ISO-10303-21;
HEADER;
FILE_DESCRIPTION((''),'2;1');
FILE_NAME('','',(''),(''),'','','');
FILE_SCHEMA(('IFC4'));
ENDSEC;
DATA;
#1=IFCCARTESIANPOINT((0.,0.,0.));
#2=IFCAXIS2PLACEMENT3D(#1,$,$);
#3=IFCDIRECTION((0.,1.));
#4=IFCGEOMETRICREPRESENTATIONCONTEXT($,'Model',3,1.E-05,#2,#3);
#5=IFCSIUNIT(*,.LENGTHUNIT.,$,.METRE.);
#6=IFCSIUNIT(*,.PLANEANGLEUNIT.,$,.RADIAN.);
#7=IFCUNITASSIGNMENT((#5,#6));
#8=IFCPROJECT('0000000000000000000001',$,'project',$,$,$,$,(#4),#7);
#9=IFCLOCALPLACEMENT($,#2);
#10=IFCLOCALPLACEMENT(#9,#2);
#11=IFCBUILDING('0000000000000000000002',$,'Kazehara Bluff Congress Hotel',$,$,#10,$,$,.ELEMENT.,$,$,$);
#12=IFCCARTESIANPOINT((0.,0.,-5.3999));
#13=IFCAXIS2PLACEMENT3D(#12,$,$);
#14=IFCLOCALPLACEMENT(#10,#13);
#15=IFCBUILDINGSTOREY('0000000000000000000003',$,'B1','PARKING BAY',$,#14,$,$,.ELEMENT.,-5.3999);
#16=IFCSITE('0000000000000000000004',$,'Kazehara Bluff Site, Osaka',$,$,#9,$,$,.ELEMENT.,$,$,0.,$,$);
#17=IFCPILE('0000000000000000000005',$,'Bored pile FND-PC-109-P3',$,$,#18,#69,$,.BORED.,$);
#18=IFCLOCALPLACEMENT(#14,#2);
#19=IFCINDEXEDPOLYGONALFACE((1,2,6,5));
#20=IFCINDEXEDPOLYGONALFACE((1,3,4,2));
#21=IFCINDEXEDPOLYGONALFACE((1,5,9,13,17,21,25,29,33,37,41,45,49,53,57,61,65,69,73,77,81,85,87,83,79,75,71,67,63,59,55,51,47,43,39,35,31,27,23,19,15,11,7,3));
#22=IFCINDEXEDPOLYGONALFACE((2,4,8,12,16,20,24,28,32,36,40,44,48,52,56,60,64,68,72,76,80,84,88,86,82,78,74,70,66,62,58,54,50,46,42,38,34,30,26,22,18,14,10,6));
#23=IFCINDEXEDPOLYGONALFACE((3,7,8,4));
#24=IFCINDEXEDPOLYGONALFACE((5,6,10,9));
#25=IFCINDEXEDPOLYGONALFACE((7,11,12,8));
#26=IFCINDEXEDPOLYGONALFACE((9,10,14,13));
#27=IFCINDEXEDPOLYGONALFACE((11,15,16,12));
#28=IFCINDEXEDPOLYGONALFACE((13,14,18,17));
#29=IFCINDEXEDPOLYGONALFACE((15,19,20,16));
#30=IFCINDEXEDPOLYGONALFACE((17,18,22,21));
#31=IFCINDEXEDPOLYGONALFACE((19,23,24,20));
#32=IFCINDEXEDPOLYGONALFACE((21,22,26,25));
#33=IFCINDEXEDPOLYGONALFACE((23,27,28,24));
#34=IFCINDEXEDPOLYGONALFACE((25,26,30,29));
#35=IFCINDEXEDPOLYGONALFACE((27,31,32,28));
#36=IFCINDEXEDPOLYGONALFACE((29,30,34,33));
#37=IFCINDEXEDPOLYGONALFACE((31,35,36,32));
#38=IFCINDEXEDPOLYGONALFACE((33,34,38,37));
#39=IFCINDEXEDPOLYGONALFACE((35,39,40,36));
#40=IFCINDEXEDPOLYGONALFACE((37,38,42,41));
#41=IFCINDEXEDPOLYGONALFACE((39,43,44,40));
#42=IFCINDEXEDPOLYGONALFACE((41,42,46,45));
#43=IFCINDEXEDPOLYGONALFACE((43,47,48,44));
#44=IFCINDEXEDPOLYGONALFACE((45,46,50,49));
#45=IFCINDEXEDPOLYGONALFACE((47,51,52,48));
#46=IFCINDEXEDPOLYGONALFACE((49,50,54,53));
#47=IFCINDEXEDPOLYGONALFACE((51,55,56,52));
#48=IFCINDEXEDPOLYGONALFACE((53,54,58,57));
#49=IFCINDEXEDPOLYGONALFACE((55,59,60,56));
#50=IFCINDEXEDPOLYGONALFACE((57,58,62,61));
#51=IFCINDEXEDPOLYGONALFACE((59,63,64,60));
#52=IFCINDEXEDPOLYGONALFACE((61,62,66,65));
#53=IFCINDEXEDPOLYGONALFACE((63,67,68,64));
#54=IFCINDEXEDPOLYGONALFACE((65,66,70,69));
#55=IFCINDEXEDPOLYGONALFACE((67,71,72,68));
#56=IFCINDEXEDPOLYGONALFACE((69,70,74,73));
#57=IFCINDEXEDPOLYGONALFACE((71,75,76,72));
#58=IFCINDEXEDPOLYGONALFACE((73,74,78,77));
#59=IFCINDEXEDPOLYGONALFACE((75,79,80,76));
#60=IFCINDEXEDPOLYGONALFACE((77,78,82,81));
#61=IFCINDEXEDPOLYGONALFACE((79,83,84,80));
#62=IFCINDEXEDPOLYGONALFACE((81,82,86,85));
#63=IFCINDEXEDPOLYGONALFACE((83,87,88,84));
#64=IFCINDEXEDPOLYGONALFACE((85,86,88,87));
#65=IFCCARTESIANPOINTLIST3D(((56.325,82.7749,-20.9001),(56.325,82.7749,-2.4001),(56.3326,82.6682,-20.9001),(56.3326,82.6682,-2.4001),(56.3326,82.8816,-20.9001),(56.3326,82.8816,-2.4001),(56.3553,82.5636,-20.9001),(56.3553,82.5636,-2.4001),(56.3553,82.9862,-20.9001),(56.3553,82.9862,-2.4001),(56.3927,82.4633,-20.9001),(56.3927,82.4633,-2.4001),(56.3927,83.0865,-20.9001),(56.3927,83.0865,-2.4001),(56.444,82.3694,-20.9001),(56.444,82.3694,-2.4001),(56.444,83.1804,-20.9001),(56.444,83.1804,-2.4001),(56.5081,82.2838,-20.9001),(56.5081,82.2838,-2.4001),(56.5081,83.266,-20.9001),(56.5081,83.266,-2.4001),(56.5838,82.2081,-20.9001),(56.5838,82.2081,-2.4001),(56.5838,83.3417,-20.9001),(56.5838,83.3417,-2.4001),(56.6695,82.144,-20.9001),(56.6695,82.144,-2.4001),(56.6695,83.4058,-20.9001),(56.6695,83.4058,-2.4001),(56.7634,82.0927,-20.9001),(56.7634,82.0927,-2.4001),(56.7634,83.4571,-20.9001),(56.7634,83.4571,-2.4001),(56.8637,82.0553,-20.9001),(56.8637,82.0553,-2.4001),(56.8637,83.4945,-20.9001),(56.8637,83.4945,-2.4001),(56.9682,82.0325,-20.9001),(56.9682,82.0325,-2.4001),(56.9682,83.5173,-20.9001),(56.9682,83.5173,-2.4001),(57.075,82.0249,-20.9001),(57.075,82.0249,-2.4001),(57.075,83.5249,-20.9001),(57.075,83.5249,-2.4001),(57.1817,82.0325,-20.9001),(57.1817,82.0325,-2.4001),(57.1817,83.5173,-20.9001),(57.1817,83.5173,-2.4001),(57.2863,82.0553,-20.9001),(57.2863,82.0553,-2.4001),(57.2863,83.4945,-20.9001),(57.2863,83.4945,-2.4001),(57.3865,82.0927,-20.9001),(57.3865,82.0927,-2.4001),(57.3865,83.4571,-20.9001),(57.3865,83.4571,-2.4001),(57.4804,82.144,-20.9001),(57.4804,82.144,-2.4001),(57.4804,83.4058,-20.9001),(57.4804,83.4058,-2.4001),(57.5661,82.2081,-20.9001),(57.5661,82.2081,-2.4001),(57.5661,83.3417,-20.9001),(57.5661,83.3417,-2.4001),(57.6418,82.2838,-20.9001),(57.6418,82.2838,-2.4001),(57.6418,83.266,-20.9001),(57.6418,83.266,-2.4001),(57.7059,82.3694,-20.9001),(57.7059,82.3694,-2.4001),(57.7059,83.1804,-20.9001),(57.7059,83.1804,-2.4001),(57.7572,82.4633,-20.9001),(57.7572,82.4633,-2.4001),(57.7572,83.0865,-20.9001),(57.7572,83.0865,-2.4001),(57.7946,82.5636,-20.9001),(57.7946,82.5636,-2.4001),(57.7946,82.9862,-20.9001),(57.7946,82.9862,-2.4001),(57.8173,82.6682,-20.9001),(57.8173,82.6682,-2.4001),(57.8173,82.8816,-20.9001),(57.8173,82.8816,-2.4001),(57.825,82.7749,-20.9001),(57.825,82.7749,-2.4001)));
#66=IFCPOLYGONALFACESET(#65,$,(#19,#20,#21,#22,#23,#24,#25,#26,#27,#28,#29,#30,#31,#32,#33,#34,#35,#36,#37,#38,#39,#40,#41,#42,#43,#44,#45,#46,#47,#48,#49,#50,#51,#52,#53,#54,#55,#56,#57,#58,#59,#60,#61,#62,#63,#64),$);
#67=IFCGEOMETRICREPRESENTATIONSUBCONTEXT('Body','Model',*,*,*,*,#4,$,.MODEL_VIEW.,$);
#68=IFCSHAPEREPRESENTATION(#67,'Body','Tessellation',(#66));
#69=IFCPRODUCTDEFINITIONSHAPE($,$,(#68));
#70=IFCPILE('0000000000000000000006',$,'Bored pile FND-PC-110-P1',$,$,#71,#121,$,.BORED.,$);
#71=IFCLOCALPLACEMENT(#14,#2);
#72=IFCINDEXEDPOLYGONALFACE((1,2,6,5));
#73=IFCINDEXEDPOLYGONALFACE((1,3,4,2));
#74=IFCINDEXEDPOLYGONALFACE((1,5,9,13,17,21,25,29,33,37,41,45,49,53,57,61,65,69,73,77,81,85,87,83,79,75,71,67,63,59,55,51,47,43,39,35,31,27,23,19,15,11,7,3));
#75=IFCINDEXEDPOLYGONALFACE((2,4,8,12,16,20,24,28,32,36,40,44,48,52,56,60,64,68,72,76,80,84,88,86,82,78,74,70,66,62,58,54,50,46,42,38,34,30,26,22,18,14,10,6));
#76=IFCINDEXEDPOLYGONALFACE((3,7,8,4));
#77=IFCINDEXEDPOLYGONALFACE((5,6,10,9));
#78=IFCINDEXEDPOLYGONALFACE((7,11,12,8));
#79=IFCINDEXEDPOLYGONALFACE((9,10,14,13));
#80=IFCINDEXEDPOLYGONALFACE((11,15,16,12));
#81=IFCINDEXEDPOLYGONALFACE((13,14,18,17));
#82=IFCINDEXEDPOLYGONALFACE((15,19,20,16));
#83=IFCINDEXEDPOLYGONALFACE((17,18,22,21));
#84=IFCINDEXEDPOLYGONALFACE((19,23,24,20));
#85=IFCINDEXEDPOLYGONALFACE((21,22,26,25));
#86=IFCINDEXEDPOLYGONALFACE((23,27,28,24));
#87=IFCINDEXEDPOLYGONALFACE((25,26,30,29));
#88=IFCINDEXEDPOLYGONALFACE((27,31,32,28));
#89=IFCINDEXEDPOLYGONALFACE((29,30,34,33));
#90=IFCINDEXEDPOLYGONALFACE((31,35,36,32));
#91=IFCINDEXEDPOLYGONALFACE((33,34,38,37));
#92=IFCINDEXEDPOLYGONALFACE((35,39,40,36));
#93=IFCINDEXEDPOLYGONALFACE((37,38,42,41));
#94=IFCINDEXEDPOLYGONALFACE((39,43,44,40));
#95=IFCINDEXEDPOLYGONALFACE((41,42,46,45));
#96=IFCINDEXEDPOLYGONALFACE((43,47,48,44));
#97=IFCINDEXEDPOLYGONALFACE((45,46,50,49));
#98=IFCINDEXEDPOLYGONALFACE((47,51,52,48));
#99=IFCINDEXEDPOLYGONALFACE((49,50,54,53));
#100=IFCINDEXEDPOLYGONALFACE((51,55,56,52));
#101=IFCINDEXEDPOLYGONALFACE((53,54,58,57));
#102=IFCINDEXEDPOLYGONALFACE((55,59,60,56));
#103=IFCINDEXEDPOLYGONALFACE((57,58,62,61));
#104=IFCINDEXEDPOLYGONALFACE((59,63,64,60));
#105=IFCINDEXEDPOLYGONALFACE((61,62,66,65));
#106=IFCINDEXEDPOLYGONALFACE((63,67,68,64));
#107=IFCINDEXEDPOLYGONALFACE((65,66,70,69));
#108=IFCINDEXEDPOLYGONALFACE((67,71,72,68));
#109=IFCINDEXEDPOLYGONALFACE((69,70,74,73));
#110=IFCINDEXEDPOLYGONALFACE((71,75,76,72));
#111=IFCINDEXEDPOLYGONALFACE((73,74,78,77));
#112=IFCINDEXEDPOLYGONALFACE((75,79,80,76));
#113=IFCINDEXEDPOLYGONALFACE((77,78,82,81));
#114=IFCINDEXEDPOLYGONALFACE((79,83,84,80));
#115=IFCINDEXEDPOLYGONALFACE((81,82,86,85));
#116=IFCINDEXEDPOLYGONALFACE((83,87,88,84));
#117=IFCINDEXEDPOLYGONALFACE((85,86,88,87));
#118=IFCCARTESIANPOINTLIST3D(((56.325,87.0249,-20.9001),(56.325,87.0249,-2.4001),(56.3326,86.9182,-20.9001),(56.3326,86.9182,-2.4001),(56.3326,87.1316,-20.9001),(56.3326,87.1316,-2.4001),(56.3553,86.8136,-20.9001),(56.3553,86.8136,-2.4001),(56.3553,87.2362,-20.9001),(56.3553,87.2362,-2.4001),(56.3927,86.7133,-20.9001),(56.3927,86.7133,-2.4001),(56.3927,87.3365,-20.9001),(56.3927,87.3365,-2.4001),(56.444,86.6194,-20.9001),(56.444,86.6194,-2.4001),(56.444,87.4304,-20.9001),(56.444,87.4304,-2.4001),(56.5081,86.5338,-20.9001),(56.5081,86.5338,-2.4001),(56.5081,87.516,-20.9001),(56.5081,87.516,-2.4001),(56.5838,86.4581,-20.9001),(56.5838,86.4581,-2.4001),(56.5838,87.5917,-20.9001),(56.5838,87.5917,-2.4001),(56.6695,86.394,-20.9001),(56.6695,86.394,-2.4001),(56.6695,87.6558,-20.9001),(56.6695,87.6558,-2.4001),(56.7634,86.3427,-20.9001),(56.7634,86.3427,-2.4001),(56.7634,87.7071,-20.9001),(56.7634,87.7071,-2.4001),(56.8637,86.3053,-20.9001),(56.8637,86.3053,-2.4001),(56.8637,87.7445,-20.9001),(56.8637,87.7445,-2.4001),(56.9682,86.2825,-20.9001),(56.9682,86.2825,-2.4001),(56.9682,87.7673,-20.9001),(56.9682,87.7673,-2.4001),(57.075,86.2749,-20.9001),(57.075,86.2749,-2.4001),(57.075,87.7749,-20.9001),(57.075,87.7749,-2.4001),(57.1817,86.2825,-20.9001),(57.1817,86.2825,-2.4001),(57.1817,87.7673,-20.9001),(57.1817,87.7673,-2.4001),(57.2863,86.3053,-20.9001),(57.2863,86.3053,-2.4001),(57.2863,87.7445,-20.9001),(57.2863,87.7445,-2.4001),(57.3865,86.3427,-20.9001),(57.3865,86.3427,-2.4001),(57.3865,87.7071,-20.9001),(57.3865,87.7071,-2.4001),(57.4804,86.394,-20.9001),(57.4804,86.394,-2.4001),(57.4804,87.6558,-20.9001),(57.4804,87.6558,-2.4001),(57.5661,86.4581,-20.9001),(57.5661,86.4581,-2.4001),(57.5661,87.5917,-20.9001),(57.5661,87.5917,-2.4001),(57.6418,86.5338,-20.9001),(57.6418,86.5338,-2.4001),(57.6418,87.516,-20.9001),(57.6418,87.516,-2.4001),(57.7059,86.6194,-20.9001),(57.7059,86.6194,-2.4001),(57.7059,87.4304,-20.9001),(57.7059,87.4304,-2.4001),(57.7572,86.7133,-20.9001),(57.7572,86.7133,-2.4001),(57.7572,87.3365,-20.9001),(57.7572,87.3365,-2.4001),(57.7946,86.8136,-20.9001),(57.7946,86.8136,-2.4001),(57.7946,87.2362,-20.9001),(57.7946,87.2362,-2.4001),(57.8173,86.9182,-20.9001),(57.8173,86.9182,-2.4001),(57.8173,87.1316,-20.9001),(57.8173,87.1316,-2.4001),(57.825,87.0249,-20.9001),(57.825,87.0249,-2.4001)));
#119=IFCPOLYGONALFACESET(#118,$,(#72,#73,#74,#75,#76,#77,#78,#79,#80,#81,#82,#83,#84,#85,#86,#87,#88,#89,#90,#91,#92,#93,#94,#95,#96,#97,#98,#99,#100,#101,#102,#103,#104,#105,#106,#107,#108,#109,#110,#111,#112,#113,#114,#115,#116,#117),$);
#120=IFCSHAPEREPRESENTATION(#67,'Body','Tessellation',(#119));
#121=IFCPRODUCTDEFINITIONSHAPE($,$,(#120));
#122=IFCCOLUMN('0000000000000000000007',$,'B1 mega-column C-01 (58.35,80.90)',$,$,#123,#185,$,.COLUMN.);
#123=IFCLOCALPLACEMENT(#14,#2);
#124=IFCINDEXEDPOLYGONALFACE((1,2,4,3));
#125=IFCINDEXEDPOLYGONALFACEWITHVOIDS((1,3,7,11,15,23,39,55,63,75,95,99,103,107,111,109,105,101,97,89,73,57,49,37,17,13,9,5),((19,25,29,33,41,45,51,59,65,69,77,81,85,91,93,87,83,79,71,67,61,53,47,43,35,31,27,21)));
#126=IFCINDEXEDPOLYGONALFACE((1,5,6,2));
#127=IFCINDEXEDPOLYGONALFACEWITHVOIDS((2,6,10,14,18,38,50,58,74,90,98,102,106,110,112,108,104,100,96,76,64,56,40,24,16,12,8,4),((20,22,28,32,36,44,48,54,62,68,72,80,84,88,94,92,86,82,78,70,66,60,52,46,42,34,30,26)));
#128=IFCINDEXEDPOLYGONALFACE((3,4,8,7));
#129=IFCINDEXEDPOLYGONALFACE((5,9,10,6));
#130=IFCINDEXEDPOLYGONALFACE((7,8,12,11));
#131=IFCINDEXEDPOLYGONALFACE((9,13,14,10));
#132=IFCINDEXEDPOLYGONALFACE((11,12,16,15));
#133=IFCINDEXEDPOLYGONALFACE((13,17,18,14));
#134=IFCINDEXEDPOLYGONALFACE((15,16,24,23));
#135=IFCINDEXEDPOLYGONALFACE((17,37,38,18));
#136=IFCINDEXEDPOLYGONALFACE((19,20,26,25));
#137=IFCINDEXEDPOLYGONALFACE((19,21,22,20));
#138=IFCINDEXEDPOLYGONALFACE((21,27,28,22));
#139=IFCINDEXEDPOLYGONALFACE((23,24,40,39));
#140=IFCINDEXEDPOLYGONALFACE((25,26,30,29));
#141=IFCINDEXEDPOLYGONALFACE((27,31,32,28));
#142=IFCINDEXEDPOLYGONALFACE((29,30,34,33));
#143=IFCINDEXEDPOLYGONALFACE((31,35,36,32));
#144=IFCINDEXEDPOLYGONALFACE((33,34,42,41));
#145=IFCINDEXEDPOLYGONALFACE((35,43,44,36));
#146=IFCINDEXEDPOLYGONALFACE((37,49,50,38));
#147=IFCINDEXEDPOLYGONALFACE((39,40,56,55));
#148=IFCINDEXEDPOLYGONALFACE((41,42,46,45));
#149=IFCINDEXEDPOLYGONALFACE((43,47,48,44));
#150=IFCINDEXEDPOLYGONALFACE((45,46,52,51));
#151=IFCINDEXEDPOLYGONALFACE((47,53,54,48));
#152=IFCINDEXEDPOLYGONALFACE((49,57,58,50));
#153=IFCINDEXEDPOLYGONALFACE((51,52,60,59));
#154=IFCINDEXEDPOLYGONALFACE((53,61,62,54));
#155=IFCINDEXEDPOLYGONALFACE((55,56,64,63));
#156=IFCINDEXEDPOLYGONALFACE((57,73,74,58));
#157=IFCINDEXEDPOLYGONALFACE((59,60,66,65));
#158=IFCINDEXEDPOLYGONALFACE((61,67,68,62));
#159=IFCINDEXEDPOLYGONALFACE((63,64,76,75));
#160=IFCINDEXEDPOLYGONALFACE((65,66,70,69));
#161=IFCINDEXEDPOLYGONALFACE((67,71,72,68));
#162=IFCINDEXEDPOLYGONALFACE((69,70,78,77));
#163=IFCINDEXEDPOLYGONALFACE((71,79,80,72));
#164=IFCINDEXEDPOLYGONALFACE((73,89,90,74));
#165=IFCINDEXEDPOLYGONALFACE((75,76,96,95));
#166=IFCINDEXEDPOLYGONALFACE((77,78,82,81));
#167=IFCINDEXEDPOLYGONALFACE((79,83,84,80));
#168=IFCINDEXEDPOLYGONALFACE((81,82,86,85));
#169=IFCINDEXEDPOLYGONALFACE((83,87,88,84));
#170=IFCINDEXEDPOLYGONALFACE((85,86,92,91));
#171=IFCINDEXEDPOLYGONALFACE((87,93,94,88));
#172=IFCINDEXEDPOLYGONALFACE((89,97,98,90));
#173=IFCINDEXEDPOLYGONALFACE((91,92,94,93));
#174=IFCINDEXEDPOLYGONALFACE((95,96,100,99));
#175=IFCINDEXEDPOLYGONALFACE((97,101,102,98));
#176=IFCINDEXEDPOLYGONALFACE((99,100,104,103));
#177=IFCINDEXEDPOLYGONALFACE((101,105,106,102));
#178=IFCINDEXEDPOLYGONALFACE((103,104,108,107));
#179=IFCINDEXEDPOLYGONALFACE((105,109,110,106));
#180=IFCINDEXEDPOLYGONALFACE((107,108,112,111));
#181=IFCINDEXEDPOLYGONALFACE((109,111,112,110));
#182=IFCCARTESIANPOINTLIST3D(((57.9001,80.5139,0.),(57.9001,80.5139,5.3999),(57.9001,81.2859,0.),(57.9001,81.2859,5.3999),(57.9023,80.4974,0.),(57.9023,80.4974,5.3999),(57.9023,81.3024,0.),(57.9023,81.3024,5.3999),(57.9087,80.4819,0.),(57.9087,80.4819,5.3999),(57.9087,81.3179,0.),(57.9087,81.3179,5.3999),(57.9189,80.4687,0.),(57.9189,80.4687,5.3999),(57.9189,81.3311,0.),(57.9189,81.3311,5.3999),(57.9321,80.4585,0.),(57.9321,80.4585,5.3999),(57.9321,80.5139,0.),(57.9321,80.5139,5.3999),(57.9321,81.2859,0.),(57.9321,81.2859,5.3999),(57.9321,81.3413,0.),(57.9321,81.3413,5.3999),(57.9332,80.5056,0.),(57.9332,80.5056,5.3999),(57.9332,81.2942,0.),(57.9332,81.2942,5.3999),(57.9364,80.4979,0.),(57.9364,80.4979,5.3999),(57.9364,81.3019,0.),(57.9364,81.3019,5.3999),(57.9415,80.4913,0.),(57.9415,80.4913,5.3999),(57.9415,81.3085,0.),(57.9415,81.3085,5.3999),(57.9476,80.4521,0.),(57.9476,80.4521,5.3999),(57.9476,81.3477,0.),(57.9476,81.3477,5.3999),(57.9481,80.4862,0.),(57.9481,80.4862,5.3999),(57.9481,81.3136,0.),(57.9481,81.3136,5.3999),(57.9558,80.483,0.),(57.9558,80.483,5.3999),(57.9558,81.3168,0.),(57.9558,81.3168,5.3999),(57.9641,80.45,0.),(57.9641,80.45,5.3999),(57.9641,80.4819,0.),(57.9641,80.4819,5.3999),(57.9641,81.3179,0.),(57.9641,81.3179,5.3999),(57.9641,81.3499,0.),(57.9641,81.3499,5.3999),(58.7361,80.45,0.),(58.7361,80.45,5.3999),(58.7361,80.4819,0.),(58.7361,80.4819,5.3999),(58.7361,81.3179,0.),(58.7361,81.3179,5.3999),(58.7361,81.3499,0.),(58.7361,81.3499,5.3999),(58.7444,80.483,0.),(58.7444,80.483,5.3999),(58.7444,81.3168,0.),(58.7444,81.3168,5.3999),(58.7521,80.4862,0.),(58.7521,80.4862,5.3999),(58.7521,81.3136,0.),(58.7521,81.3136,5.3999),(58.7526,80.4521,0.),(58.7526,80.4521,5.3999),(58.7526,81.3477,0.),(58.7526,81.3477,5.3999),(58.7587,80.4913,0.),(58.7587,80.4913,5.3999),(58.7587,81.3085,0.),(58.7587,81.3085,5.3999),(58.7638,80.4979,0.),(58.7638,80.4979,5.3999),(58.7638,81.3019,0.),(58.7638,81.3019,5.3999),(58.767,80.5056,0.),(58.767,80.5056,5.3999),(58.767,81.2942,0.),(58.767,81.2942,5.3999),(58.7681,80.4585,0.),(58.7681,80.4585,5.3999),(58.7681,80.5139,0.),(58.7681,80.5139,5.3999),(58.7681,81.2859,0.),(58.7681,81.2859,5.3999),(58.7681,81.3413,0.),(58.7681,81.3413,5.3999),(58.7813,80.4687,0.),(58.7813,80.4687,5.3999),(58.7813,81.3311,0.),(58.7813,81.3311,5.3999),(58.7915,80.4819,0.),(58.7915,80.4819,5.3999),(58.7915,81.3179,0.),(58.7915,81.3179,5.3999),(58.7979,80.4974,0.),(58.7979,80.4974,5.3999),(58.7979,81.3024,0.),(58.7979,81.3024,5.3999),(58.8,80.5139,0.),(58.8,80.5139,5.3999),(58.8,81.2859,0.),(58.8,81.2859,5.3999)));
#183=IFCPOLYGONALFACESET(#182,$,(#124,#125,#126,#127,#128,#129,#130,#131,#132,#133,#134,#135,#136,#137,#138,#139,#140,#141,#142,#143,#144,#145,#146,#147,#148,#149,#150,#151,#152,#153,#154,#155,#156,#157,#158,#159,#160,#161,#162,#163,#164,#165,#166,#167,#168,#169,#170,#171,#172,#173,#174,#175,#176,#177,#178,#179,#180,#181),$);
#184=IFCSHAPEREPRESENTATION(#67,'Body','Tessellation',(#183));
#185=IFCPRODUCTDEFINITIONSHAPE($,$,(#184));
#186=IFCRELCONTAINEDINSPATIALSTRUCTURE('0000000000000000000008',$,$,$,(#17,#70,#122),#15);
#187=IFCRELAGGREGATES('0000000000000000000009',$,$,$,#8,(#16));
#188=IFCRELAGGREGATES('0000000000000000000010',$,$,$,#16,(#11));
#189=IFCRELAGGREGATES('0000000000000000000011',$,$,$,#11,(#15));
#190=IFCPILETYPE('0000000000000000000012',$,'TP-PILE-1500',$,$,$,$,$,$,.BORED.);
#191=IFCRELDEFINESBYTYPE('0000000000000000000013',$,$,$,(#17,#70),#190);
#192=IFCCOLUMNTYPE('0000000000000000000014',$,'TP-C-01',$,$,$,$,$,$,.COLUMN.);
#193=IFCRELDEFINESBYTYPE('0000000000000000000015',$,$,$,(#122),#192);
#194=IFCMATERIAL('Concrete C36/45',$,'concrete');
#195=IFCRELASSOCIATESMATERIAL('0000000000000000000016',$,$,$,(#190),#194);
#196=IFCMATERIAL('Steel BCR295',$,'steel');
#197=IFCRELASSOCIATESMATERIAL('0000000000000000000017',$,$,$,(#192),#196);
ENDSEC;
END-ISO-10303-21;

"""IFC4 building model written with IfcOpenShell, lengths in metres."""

from ifc_helpers import new_model, si_unit, direction, frame, origin, origin_2d, place, context, subcontext, project, spatial, hollow_rectangle, circle, extrude, material, material_profile, profile_set, type_object, element, save


model = new_model("IFC4")

# Units and contexts
model_context = context("Model", 3, precision=1e-05, world=origin(), true_north=direction((0.0, 1.0)))
body_context = subcontext(model_context, "Body", "Model", "MODEL_VIEW")
ifc_project = project(units=[si_unit("LENGTHUNIT", "METRE"), si_unit("PLANEANGLEUNIT", "RADIAN")], contexts=[model_context])

# Site, building, storey
site_placement = place(None, origin())
site = spatial("IfcSite", under=ifc_project, at=site_placement, Name="Kazehara Bluff Site, Osaka", CompositionType="ELEMENT", RefElevation=0.0)
building_placement = place(site_placement, origin())
building = spatial("IfcBuilding", under=site, at=building_placement, Name="Kazehara Bluff Congress Hotel", CompositionType="ELEMENT")
storey_placement = place(building_placement, frame((0.0, 0.0, -5.3999)))
storey = spatial("IfcBuildingStorey", under=building, at=storey_placement, Name="B1", Description="PARKING BAY", CompositionType="ELEMENT", Elevation=-5.3999)

# Piles
ifc_material_1 = material(Name="Concrete C36/45", Category="concrete")
ifc_material_profile_1 = material_profile(ifc_material_1, circle(Radius=0.75, at=origin_2d()))
ifc_profile_set_1 = profile_set([ifc_material_profile_1], Name="Concrete C36/45")
pile_type_1 = type_object("IfcPileType", Name="TP-PILE-1500", PredefinedType="BORED", material=ifc_profile_set_1)
for number, where, z_axis, x_axis, name in (
    (1, (57.075, 82.7749, -2.4001), (0.0, 0.0, -1.0), (1.0, 0.0, 0.0), "Bored pile FND-PC-109-P3"),
    (2, (57.075, 87.0249, -2.4001), (0.0, 0.0, -1.0), (1.0, 0.0, 0.0), "Bored pile FND-PC-110-P1"),
):
    element("IfcPile", number, at=place(storey_placement, frame(where, z_axis=z_axis, x_axis=x_axis)), inside=storey, type_object=pile_type_1, Name=name, PredefinedType="BORED", context=body_context, shape_type="SweptSolid", body=[
        extrude(circle(Radius=0.75, at=origin_2d()), origin(), (0.0, 0.0, 1.0), 18.5),
    ])

# Column
ifc_material_2 = material(Name="Steel BCR295", Category="steel")
ifc_material_profile_2 = material_profile(ifc_material_2, hollow_rectangle(XDim=0.8999, YDim=0.8999, WallThickness=0.032, InnerFilletRadius=0.032, OuterFilletRadius=0.064, at=origin_2d()))
ifc_profile_set_2 = profile_set([ifc_material_profile_2], Name="Steel BCR295")
column_type_1 = type_object("IfcColumnType", Name="TP-C-01", PredefinedType="COLUMN", material=ifc_profile_set_2)
column_1_placement = place(storey_placement, frame((58.3501, 80.8999, 0.0), z_axis=(0.0, 0.0, 1.0), x_axis=(1.0, 0.0, 0.0)))
element("IfcColumn", 3, at=column_1_placement, inside=storey, type_object=column_type_1, Name="B1 mega-column C-01 (58.35,80.90)", PredefinedType="COLUMN", context=body_context, shape_type="SweptSolid", body=[
    extrude(hollow_rectangle(XDim=0.8999, YDim=0.8999, WallThickness=0.032, InnerFilletRadius=0.032, OuterFilletRadius=0.064, at=origin_2d()), origin(), (0.0, 0.0, 1.0), 5.3999),
])

save(model, "model.ifc")
